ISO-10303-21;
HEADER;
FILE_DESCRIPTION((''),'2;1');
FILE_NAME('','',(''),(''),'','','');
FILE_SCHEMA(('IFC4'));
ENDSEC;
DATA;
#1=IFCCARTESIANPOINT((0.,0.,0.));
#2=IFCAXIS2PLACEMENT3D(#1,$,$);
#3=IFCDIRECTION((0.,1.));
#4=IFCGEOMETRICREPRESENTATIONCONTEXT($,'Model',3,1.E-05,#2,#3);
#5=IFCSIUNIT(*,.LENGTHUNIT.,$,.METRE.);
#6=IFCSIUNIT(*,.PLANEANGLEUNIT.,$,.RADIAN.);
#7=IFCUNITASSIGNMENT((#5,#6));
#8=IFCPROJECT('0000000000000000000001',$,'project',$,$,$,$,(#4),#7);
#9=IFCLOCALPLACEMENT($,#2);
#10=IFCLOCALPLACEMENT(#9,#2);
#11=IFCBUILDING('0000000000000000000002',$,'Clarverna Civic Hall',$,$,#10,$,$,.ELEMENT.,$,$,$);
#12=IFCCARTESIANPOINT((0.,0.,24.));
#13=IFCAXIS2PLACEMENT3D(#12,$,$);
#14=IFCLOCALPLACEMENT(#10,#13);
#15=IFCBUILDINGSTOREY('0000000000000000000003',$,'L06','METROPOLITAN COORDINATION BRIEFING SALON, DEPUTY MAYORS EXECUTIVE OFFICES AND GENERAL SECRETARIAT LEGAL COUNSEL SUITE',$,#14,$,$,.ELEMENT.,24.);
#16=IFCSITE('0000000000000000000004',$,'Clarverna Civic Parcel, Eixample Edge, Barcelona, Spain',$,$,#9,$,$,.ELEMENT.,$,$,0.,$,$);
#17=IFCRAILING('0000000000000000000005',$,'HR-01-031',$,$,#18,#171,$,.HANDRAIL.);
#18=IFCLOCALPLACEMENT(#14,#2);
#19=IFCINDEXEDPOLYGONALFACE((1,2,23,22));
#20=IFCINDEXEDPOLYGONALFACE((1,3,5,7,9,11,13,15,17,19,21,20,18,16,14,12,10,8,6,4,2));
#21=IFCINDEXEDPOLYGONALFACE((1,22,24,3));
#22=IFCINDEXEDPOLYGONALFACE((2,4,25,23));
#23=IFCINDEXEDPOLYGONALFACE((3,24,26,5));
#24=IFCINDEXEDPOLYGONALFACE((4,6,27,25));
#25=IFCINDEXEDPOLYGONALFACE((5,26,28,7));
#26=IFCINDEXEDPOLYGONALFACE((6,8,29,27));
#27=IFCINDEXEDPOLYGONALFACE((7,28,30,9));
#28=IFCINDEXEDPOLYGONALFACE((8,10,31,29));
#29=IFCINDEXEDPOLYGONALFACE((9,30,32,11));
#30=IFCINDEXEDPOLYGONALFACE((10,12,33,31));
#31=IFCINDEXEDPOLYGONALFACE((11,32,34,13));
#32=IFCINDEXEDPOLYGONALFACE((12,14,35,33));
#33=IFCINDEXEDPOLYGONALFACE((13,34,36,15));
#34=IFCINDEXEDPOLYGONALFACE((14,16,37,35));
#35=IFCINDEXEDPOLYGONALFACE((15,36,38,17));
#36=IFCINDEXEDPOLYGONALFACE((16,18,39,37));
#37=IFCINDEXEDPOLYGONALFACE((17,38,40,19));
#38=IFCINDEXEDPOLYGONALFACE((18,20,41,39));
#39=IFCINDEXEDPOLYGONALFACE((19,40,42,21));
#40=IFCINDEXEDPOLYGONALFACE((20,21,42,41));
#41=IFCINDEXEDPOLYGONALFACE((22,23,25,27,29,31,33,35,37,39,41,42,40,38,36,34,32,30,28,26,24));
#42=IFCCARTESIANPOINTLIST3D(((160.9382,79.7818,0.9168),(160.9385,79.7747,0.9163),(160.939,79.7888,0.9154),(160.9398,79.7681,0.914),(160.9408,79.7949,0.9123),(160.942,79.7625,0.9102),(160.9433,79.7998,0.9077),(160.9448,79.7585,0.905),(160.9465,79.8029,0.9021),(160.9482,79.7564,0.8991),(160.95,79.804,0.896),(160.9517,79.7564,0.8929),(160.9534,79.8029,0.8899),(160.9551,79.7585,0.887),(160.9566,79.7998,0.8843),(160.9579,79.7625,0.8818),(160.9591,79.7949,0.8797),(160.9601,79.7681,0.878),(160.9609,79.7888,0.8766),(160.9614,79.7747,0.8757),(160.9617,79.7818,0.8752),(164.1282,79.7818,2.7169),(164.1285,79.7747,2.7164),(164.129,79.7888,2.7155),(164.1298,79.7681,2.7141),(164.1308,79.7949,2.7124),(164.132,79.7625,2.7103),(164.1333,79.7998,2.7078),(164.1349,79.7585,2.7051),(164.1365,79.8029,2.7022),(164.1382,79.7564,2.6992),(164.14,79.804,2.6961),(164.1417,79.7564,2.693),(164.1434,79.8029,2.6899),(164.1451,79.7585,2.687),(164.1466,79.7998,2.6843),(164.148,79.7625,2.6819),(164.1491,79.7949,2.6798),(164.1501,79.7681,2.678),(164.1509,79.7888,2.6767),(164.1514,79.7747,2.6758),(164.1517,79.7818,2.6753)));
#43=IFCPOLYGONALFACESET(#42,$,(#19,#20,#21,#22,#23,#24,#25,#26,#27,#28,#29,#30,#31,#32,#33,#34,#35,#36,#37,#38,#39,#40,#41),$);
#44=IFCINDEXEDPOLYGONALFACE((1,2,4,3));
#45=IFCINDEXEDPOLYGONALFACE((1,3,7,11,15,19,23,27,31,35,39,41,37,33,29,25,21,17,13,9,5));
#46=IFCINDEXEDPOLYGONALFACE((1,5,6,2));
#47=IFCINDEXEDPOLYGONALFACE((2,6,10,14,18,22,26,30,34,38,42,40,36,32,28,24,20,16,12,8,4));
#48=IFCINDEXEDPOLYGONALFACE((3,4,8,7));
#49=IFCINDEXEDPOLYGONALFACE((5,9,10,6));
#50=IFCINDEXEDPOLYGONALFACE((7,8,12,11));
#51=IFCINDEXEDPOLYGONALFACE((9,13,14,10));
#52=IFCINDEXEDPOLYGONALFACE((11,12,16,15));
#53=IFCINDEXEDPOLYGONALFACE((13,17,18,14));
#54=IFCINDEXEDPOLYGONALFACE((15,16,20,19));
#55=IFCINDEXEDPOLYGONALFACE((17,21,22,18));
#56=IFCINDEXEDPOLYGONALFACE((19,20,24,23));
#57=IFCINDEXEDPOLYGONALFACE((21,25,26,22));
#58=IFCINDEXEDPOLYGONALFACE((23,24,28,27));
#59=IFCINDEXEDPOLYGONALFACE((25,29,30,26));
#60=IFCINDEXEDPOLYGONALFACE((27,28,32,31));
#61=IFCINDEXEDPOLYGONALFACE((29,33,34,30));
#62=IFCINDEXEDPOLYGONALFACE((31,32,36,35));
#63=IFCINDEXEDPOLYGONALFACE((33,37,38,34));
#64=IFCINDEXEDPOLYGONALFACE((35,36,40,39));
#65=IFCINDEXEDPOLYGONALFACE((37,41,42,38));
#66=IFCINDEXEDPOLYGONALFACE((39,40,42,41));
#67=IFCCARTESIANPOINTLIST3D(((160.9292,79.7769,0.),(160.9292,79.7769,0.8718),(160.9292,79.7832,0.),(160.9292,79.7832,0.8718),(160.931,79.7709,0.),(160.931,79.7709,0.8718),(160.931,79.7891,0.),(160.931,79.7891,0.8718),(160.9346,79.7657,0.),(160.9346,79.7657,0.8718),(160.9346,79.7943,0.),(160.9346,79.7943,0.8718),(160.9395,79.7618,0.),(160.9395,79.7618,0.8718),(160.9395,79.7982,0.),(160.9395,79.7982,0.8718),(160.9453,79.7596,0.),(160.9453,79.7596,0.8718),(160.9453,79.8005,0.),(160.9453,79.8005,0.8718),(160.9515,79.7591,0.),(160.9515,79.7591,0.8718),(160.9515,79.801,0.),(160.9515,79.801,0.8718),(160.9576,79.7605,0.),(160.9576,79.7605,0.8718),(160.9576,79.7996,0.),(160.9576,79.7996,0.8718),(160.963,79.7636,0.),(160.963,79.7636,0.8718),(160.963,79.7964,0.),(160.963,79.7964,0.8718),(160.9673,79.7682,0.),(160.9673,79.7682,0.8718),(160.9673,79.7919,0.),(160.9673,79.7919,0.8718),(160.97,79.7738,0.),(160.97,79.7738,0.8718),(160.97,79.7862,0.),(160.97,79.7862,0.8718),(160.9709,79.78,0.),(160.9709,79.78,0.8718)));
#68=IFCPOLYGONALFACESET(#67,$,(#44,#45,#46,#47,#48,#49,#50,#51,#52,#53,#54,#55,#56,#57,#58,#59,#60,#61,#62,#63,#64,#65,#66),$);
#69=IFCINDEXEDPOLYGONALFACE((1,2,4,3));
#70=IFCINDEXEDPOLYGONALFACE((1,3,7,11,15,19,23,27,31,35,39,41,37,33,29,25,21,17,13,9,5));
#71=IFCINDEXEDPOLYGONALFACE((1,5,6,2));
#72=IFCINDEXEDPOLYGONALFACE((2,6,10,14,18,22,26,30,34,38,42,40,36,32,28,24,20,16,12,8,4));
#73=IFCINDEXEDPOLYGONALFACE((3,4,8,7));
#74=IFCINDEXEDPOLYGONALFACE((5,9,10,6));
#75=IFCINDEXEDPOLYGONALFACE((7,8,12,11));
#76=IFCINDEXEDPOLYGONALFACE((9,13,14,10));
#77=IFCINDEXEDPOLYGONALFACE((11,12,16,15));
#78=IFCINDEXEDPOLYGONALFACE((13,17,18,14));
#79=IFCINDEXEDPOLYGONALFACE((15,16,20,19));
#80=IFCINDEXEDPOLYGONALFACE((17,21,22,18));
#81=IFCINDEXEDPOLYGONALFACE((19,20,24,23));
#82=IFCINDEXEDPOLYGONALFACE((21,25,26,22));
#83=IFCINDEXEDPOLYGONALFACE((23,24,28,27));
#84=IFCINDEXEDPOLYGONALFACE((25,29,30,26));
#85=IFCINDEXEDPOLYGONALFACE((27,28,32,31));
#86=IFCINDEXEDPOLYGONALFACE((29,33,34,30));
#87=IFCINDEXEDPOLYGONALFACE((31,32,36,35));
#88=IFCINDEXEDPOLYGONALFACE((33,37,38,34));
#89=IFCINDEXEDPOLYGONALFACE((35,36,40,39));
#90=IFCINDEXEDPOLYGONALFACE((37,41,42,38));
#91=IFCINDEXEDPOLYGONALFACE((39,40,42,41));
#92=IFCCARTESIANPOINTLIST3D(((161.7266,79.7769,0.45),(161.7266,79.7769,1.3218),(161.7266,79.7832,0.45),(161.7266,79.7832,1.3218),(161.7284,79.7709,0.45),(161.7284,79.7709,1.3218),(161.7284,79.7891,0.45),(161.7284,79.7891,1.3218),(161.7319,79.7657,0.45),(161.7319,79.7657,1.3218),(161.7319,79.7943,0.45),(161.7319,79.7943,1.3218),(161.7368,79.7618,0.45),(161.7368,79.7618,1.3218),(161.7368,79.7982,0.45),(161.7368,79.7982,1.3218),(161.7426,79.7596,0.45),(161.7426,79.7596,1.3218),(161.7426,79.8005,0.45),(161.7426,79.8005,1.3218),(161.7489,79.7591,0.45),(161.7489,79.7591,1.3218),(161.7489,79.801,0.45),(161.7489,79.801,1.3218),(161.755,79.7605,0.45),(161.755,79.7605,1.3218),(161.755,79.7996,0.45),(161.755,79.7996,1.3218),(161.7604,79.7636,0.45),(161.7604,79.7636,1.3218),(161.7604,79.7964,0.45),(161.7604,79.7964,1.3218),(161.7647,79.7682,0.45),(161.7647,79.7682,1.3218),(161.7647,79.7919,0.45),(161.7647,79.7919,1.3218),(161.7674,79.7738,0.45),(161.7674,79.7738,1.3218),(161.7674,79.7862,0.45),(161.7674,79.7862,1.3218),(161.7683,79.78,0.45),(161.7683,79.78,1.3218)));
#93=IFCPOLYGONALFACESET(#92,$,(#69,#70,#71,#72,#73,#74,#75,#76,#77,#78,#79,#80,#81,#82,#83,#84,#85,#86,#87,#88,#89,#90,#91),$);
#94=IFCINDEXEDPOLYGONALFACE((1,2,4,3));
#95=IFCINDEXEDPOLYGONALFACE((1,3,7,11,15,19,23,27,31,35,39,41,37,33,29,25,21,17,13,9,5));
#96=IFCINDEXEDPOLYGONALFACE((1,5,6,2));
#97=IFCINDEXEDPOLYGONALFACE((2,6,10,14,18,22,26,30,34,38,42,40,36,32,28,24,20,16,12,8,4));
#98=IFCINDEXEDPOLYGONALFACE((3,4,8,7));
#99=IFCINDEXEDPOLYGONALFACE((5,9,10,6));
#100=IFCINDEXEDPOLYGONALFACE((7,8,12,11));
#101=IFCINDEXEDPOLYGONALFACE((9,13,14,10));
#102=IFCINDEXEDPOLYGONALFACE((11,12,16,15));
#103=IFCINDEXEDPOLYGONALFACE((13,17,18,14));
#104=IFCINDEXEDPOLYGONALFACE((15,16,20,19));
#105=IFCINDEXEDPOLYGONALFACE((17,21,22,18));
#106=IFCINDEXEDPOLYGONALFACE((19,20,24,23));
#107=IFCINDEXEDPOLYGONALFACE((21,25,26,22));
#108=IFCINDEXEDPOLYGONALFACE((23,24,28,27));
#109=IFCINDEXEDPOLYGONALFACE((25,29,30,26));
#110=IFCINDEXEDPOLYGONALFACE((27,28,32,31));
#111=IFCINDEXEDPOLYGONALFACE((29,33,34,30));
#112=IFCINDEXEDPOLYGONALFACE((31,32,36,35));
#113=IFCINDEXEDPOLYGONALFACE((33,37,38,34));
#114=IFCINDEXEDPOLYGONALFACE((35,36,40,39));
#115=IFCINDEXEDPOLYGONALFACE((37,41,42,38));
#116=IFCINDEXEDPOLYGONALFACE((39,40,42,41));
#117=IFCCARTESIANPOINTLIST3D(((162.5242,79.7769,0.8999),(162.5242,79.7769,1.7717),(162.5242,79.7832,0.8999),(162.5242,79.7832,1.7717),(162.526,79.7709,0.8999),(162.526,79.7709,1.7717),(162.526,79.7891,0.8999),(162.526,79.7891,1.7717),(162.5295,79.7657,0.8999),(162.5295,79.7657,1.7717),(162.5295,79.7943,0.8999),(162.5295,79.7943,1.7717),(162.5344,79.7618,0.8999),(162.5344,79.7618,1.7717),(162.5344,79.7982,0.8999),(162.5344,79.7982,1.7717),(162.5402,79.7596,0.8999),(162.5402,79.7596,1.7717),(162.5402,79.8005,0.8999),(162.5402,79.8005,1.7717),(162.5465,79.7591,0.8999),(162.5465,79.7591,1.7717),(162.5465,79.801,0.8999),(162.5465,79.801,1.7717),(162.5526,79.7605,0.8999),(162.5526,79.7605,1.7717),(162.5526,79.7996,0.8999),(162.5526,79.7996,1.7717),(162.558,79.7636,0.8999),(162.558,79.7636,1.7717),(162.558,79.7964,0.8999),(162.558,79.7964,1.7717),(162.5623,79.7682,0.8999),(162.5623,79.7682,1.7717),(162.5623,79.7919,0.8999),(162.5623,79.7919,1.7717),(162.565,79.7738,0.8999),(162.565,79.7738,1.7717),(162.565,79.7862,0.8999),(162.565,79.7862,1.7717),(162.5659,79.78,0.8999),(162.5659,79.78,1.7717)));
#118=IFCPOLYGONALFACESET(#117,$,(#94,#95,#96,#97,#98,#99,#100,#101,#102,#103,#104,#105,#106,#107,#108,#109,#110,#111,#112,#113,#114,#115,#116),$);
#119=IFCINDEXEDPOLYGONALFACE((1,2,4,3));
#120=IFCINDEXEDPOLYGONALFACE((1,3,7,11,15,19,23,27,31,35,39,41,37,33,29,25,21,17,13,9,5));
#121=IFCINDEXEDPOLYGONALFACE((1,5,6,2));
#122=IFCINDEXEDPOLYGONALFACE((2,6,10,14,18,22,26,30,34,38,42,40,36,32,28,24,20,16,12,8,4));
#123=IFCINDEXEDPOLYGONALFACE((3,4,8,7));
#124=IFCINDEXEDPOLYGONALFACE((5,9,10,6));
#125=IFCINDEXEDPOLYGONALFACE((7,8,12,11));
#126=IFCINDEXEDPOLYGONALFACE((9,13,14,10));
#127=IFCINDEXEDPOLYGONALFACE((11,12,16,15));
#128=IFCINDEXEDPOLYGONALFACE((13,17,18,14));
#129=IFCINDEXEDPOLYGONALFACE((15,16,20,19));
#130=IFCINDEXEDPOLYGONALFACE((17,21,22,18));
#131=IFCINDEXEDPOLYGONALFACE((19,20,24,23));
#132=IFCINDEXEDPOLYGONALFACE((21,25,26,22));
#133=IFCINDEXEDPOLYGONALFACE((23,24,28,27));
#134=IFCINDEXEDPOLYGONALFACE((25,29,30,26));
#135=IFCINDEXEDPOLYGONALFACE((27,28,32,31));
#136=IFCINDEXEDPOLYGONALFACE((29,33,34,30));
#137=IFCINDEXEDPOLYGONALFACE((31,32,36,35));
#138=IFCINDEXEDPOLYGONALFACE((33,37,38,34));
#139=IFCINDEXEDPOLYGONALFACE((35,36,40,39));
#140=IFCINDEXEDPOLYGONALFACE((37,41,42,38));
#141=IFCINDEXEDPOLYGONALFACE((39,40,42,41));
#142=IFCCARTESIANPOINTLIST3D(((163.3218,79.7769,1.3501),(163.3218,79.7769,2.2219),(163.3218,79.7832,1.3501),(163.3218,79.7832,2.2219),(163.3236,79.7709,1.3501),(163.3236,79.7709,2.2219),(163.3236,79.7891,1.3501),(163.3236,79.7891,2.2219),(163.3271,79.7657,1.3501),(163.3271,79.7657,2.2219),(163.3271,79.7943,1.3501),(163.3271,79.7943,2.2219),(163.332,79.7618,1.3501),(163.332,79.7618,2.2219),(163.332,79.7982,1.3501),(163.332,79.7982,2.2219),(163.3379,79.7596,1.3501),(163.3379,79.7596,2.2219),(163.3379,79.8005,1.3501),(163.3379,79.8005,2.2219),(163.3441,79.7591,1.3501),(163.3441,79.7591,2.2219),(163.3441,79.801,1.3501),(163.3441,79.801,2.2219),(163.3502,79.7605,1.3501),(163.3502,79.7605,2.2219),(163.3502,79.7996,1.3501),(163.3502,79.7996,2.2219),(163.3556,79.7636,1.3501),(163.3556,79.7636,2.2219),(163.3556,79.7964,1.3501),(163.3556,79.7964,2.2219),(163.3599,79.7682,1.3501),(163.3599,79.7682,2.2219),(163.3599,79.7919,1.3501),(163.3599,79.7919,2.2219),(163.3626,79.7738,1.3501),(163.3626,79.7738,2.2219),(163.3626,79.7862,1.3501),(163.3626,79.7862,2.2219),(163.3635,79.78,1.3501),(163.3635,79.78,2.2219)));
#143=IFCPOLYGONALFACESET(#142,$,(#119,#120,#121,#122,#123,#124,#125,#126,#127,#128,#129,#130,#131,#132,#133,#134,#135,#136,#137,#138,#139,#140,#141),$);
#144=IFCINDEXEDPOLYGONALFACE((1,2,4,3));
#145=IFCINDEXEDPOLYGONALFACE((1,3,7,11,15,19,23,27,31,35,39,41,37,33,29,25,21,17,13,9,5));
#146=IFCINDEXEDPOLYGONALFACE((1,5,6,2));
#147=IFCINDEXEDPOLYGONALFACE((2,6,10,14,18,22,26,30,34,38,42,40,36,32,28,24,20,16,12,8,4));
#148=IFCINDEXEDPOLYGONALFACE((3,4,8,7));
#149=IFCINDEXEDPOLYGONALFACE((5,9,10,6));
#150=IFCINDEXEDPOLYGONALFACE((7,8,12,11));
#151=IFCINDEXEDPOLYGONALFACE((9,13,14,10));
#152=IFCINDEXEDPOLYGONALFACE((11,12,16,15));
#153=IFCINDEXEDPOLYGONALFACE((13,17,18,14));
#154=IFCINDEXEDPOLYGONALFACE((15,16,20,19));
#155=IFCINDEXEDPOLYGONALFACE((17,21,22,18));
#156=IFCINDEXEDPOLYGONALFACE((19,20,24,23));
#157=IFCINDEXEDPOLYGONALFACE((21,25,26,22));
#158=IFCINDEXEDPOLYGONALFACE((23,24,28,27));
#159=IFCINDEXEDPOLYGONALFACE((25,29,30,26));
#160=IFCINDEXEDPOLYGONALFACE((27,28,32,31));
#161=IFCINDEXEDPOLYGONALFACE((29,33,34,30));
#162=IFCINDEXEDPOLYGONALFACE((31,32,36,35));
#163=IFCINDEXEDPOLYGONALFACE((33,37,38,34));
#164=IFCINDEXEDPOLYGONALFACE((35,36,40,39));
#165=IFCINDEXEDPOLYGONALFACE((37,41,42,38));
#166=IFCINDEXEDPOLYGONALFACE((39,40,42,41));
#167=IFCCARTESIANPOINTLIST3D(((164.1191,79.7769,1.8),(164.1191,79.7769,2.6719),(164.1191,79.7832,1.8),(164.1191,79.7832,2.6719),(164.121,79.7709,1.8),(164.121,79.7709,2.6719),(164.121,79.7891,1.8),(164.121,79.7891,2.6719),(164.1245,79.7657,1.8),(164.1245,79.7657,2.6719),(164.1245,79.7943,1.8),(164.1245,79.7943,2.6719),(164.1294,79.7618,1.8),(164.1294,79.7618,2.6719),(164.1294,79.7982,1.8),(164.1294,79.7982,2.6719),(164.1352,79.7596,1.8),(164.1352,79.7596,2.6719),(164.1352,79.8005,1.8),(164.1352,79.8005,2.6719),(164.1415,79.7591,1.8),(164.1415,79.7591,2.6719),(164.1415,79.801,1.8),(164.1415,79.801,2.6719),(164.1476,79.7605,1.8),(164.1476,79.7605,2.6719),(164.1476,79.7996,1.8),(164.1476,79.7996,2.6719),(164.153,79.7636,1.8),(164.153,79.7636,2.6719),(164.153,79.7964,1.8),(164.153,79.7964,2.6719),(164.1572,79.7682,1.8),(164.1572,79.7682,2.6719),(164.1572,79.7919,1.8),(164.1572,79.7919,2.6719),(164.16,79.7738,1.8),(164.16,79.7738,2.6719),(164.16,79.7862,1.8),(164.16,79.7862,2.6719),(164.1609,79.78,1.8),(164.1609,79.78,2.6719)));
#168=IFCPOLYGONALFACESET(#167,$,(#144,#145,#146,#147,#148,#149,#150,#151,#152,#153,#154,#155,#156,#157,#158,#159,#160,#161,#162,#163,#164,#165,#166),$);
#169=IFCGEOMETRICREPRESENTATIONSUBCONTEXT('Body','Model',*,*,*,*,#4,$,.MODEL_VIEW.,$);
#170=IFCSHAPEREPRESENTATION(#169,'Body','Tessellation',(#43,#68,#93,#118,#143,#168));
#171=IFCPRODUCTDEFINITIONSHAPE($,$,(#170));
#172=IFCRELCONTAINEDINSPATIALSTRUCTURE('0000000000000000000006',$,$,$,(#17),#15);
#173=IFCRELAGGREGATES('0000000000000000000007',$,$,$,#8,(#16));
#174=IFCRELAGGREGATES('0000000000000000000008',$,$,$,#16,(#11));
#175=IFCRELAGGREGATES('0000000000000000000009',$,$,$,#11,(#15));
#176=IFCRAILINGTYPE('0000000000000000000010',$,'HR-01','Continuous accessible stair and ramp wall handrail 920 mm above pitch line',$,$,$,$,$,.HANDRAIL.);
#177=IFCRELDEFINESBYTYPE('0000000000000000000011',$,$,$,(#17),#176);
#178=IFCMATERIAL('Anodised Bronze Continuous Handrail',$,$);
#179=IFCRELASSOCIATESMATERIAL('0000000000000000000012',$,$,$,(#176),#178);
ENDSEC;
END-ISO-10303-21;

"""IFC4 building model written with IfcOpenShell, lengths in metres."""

from ifc_helpers import new_model, si_unit, direction, frame, origin, origin_2d, place, context, subcontext, project, spatial, circle, extrude, material, type_object, element, save


model = new_model("IFC4")

# Units and contexts
model_context = context("Model", 3, precision=1e-05, world=origin(), true_north=direction((0.0, 1.0)))
body_context = subcontext(model_context, "Body", "Model", "MODEL_VIEW")
ifc_project = project(units=[si_unit("LENGTHUNIT", "METRE"), si_unit("PLANEANGLEUNIT", "RADIAN")], contexts=[model_context])

# Site, building, storey
site_placement = place(None, origin())
site = spatial("IfcSite", under=ifc_project, at=site_placement, Name="Clarverna Civic Parcel, Eixample Edge, Barcelona, Spain", CompositionType="ELEMENT", RefElevation=0.0)
building_placement = place(site_placement, origin())
building = spatial("IfcBuilding", under=site, at=building_placement, Name="Clarverna Civic Hall", CompositionType="ELEMENT")
storey_placement = place(building_placement, frame((0.0, 0.0, 24.0)))
storey = spatial("IfcBuildingStorey", under=building, at=storey_placement, Name="L06", Description="METROPOLITAN COORDINATION BRIEFING SALON, DEPUTY MAYORS EXECUTIVE OFFICES AND GENERAL SECRETARIAT LEGAL COUNSEL SUITE", CompositionType="ELEMENT", Elevation=24.0)

# Railing
ifc_material_1 = material(Name="Anodised Bronze Continuous Handrail")
railing_type_1 = type_object("IfcRailingType", Name="HR-01", Description="Continuous accessible stair and ramp wall handrail 920 mm above pitch line", PredefinedType="HANDRAIL", material=ifc_material_1)
railing_1_placement = place(storey_placement, frame((160.95, 79.78, 0.0)))
element("IfcRailing", 1, at=railing_1_placement, inside=storey, type_object=railing_type_1, Name="HR-01-031", PredefinedType="HANDRAIL", context=body_context, shape_type="SweptSolid", body=[
    extrude(circle(Radius=0.0239, at=origin_2d()), frame((0.0, 0.0, 0.896), z_axis=(0.870909, 0.0, 0.491444), x_axis=(0.0, 1.0, 0.0)), (0.0, 0.0, 1.0), 3.6628),
    extrude(circle(Radius=0.021, at=origin_2d()), origin(), (0.0, 0.0, 1.0), 0.8718),
    extrude(circle(Radius=0.021, at=origin_2d()), frame((0.7974, 0.0, 0.45)), (0.0, 0.0, 1.0), 0.8718),
    extrude(circle(Radius=0.021, at=origin_2d()), frame((1.595, 0.0, 0.8999)), (0.0, 0.0, 1.0), 0.8718),
    extrude(circle(Radius=0.021, at=origin_2d()), frame((2.3926, 0.0, 1.3501)), (0.0, 0.0, 1.0), 0.8718),
    extrude(circle(Radius=0.021, at=origin_2d()), frame((3.1899, 0.0, 1.8)), (0.0, 0.0, 1.0), 0.8718),
])

save(model, "model.ifc")
